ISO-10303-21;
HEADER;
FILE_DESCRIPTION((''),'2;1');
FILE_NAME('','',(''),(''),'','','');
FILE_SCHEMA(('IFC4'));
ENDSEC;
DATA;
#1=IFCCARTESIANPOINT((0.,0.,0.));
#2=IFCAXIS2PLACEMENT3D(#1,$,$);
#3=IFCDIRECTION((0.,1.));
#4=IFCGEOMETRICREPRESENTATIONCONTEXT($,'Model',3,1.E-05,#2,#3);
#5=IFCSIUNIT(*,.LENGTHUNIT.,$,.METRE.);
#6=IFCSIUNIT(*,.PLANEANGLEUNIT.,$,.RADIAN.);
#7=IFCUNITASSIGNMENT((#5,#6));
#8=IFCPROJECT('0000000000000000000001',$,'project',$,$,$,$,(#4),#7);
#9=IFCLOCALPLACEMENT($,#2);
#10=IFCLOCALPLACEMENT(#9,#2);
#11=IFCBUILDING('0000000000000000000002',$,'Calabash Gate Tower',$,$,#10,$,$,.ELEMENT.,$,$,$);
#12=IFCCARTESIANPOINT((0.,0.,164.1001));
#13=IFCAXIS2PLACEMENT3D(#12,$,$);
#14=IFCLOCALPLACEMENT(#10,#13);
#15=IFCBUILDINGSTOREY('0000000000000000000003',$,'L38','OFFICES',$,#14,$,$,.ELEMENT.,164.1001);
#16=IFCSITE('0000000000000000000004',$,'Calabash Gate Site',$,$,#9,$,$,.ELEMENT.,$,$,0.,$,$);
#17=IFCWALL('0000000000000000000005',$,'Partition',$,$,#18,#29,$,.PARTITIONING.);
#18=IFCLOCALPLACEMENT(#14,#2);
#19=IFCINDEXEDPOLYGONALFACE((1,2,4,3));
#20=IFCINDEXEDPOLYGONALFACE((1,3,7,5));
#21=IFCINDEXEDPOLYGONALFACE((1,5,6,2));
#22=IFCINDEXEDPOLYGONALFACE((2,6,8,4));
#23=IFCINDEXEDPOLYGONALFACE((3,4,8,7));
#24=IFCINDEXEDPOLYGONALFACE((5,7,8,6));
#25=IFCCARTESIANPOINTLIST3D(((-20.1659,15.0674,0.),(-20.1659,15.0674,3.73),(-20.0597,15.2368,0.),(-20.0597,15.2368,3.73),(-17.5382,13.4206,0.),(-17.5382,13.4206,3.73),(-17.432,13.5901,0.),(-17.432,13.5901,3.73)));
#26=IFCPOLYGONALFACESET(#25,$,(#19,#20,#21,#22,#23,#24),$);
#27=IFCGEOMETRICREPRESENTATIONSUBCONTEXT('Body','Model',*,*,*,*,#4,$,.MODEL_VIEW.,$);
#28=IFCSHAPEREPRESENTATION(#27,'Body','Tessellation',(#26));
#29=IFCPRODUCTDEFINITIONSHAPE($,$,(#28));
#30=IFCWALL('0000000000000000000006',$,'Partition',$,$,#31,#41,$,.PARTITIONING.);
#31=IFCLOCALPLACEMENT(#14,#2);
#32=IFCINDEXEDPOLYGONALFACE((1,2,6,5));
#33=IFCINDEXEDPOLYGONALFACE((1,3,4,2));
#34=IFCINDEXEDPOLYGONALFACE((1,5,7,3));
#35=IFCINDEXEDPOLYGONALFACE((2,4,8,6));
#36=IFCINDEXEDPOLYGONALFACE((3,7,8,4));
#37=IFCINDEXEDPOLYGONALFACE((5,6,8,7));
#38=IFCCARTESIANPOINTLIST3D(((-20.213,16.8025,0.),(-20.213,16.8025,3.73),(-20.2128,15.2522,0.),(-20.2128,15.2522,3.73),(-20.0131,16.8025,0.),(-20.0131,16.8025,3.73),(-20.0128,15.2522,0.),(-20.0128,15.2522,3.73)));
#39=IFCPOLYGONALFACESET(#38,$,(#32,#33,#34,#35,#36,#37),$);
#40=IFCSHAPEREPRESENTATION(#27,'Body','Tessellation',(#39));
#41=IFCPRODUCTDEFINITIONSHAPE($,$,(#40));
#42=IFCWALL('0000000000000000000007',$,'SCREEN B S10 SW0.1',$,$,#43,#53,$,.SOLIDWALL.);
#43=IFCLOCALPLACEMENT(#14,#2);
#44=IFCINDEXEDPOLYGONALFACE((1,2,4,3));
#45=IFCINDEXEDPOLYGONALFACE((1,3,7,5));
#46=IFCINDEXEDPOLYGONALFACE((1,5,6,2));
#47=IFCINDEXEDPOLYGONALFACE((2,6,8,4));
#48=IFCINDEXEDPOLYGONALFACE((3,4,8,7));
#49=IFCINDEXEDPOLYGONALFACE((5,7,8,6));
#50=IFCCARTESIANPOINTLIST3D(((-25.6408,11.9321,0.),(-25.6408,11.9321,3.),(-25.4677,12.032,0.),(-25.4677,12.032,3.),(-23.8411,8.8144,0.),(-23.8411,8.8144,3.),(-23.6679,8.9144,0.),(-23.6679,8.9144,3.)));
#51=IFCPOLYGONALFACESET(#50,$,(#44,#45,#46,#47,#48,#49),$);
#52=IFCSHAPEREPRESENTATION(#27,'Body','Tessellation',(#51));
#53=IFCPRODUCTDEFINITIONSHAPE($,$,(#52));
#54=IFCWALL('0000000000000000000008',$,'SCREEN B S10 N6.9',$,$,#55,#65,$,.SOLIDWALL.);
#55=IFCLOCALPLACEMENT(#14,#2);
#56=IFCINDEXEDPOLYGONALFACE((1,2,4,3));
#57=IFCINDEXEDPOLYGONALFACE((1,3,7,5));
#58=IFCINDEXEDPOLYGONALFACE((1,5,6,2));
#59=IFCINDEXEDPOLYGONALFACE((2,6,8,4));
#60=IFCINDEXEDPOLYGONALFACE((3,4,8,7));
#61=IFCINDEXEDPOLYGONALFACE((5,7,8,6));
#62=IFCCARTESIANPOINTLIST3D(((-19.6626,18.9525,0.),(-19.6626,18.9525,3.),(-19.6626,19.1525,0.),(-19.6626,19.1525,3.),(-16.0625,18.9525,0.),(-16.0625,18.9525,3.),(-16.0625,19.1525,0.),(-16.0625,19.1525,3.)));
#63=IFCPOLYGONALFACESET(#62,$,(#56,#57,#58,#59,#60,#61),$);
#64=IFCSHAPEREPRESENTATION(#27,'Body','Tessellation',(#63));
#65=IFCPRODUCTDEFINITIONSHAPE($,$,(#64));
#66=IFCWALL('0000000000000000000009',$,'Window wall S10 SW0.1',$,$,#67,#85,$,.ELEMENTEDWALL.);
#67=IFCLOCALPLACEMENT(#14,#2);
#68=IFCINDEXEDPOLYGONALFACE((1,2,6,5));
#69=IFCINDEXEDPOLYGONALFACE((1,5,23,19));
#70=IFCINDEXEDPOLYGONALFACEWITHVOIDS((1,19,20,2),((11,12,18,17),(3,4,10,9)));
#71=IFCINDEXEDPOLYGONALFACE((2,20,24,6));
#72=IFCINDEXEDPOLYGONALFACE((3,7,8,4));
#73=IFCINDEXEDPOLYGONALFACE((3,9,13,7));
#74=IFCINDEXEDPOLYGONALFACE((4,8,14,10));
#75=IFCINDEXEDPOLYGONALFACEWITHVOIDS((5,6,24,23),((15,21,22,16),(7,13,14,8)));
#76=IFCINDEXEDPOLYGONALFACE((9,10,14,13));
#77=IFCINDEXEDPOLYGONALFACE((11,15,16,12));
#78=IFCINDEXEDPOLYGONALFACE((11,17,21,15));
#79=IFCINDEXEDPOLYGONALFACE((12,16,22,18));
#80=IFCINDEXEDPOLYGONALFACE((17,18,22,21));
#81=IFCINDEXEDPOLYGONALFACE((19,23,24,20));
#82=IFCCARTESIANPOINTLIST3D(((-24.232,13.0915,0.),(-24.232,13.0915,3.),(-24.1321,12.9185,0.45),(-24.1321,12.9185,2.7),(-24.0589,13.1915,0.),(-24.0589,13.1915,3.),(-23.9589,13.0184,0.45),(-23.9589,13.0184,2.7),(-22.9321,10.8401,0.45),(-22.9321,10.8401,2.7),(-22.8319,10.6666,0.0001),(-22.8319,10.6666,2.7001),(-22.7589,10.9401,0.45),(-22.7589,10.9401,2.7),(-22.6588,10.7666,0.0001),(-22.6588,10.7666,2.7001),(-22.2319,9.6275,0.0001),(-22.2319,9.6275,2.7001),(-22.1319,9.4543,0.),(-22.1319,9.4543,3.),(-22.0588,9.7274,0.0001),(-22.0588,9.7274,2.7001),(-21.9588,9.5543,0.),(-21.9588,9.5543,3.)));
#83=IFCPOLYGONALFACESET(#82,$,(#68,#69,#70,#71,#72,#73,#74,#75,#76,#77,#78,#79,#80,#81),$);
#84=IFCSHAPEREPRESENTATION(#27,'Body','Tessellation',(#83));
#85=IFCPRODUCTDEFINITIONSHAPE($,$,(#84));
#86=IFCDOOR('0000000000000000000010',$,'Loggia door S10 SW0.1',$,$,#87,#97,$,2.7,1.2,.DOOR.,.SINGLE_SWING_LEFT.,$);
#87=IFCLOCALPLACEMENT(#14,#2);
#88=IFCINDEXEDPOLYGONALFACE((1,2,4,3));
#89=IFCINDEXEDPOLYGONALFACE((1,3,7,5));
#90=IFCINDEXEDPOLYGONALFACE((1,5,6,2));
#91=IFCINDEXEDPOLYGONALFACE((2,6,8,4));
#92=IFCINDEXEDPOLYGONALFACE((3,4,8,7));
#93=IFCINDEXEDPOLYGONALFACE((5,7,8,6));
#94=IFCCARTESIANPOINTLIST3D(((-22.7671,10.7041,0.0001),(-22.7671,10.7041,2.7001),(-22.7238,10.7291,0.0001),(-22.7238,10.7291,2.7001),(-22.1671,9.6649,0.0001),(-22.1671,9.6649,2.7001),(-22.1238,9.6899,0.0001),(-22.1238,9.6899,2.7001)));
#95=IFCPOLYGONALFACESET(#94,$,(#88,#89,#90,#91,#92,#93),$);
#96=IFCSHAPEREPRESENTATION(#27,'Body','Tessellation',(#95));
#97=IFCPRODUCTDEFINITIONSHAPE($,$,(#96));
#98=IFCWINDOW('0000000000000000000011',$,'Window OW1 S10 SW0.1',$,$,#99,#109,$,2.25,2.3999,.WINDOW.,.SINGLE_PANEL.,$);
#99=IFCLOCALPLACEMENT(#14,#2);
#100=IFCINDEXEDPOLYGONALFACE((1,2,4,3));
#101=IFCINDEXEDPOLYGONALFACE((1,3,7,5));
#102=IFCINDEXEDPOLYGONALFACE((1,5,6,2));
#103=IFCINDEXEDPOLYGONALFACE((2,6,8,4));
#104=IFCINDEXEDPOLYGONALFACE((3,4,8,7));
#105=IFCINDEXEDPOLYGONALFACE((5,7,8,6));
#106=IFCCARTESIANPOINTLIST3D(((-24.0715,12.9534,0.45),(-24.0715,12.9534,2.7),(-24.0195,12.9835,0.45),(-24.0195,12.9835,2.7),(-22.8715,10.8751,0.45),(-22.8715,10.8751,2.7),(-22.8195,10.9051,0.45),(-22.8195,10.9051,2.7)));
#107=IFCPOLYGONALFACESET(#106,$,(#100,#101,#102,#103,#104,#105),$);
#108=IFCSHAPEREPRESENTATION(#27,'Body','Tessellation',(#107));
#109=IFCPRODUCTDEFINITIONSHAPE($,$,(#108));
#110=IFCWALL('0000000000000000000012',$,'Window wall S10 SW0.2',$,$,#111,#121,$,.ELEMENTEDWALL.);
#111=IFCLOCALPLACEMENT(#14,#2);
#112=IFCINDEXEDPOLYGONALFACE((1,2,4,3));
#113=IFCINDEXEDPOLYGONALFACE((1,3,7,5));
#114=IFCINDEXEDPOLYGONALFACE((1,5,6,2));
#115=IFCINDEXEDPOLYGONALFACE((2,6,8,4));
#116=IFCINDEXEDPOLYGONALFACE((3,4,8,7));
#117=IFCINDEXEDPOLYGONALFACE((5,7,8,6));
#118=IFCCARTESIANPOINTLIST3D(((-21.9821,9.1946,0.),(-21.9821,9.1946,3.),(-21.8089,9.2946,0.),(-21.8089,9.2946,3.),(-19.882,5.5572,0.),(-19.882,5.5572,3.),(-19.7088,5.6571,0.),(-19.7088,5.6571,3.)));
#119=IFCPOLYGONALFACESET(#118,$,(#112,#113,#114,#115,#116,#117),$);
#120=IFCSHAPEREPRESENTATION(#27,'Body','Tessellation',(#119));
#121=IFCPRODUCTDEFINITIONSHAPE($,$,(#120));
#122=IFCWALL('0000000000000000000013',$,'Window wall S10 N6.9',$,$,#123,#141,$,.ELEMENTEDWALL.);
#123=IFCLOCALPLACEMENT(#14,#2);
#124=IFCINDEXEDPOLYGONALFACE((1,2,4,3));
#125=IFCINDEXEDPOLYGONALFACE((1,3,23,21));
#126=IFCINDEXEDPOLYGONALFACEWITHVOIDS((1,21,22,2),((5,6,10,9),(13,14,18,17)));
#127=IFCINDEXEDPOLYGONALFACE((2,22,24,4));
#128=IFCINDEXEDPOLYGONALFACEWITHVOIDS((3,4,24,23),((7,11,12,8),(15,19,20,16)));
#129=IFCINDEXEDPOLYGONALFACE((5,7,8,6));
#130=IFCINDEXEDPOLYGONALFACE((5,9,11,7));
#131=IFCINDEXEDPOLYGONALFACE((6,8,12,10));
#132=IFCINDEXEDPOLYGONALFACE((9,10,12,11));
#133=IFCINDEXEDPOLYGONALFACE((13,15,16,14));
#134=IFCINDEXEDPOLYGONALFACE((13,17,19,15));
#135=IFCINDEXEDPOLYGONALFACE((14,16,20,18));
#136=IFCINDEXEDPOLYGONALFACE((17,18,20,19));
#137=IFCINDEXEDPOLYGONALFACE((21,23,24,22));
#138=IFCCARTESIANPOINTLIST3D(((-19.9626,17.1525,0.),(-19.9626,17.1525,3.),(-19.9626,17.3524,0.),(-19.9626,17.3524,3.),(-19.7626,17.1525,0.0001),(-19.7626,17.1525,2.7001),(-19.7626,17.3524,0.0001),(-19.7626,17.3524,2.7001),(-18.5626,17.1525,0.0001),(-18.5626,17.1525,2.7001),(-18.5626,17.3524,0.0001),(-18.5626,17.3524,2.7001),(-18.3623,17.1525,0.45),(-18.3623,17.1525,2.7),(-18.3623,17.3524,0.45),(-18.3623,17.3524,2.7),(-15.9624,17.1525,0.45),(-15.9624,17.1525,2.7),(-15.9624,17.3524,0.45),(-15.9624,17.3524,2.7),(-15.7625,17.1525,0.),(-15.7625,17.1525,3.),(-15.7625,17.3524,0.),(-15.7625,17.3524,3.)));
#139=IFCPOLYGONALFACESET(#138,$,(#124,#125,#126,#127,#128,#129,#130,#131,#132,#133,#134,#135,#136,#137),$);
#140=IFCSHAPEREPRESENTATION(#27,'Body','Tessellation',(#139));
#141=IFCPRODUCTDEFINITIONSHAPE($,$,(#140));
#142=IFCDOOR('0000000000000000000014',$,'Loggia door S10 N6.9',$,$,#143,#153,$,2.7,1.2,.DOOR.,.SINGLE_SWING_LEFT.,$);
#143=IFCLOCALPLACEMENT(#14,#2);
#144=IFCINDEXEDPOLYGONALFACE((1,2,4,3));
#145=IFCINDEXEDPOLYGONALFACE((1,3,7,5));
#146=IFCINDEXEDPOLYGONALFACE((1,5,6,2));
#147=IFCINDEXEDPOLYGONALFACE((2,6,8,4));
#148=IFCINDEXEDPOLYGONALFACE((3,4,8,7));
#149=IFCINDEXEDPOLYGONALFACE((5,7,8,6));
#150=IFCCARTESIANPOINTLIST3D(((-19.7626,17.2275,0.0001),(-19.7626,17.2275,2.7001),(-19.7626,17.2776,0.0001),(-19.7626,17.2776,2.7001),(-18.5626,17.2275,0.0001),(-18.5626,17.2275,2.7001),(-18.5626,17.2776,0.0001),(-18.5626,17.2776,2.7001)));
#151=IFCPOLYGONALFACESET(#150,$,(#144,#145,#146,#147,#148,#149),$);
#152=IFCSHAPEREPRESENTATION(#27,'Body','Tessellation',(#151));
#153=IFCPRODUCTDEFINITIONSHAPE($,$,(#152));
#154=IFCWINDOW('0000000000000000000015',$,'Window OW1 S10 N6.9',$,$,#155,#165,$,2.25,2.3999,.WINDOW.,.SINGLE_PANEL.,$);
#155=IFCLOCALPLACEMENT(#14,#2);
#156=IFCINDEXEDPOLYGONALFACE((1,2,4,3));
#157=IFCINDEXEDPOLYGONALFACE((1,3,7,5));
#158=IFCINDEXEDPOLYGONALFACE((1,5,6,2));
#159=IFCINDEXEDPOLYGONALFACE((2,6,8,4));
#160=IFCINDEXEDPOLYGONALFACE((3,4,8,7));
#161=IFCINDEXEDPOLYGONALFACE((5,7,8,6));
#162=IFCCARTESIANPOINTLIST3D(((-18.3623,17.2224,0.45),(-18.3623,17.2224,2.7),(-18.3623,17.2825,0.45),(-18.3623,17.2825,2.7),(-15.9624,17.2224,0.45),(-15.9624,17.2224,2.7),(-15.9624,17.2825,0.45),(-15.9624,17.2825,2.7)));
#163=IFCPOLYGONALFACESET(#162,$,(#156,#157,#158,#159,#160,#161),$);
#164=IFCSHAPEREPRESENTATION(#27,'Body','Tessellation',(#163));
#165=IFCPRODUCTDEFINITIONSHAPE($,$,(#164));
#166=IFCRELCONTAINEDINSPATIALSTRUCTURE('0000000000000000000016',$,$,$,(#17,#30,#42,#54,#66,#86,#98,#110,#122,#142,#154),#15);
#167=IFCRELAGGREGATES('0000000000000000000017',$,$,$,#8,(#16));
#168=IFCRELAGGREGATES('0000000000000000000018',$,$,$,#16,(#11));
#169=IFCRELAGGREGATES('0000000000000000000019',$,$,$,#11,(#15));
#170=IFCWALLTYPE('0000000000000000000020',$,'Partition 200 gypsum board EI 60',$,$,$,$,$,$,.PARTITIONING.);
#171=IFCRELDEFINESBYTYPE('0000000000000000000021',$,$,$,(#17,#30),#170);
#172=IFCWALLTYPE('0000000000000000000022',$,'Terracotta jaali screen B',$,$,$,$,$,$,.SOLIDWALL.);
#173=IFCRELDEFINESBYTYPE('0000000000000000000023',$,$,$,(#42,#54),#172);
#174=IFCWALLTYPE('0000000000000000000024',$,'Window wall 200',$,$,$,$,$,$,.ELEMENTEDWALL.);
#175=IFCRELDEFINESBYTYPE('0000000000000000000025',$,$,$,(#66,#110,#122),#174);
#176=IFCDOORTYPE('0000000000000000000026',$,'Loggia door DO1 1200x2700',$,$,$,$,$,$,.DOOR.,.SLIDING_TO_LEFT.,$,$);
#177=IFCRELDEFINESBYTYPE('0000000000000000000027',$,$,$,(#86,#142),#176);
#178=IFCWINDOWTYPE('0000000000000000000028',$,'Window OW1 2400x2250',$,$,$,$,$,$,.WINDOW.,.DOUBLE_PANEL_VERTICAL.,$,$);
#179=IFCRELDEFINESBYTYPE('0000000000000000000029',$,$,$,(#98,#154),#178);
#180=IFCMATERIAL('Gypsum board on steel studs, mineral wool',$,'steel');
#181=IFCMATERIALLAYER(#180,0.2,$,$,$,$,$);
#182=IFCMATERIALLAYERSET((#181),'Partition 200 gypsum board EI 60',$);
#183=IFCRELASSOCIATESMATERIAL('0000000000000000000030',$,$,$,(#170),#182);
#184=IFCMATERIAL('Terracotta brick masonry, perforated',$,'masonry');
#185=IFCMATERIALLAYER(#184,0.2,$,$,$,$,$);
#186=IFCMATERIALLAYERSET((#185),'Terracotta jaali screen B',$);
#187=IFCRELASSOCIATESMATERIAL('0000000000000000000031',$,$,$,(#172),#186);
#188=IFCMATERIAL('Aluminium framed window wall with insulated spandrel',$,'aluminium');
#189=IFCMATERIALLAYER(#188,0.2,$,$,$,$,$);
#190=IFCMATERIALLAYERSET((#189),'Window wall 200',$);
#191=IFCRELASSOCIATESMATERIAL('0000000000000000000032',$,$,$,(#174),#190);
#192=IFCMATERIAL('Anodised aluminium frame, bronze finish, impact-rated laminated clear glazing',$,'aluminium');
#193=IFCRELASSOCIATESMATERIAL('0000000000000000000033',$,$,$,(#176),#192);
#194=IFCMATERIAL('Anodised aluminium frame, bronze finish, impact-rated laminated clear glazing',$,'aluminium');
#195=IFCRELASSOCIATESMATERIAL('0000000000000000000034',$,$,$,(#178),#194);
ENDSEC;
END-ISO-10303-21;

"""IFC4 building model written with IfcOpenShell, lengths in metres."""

from ifc_helpers import new_model, si_unit, direction, frame, frame_2d, origin, place, context, subcontext, project, spatial, rectangle, extrude, material, layer, layer_set, type_object, element, fill, save


model = new_model("IFC4")

# Units and contexts
model_context = context("Model", 3, precision=1e-05, world=origin(), true_north=direction((0.0, 1.0)))
body_context = subcontext(model_context, "Body", "Model", "MODEL_VIEW")
ifc_project = project(units=[si_unit("LENGTHUNIT", "METRE"), si_unit("PLANEANGLEUNIT", "RADIAN")], contexts=[model_context])

# Site, building, storey
site_placement = place(None, origin())
site = spatial("IfcSite", under=ifc_project, at=site_placement, Name="Calabash Gate Site", CompositionType="ELEMENT", RefElevation=0.0)
building_placement = place(site_placement, origin())
building = spatial("IfcBuilding", under=site, at=building_placement, Name="Calabash Gate Tower", CompositionType="ELEMENT")
storey_placement = place(building_placement, frame((0.0, 0.0, 164.1001)))
storey = spatial("IfcBuildingStorey", under=building, at=storey_placement, Name="L38", Description="OFFICES", CompositionType="ELEMENT", Elevation=164.1001)

# Walls
ifc_material_1 = material(Name="Gypsum board on steel studs, mineral wool", Category="steel")
ifc_layer_1 = layer(ifc_material_1, 0.2)
ifc_layer_set_1 = layer_set([ifc_layer_1], Name="Partition 200 gypsum board EI 60")
wall_type_1 = type_object("IfcWallType", Name="Partition 200 gypsum board EI 60", PredefinedType="PARTITIONING", material=ifc_layer_set_1)
wall_1_placement = place(storey_placement, frame((-20.1128, 15.1521, 0.0), z_axis=(0.0, 0.0, 1.0), x_axis=(0.847356, -0.531025, 0.0)))
element("IfcWall", 1, at=wall_1_placement, inside=storey, type_object=wall_type_1, Name="Partition", PredefinedType="PARTITIONING", context=body_context, shape_type="SweptSolid", body=[
    extrude(rectangle(XDim=3.1011, YDim=0.2, at=frame_2d((1.5505, 0.0))), origin(), (0.0, 0.0, 1.0), 3.73),
])
wall_2_placement = place(storey_placement, frame((-20.113, 16.8025, 0.0), z_axis=(0.0, 0.0, 1.0), x_axis=(0.000157, -1.0, 0.0)))
element("IfcWall", 2, at=wall_2_placement, inside=storey, type_object=wall_type_1, Name="Partition", PredefinedType="PARTITIONING", context=body_context, shape_type="SweptSolid", body=[
    extrude(rectangle(XDim=1.5503, YDim=0.2, at=frame_2d((0.7751, 0.0))), origin(), (0.0, 0.0, 1.0), 3.73),
])
ifc_material_2 = material(Name="Terracotta brick masonry, perforated", Category="masonry")
ifc_layer_2 = layer(ifc_material_2, 0.2)
ifc_layer_set_2 = layer_set([ifc_layer_2], Name="Terracotta jaali screen B")
wall_type_2 = type_object("IfcWallType", Name="Terracotta jaali screen B", PredefinedType="SOLIDWALL", material=ifc_layer_set_2)
wall_3_placement = place(storey_placement, frame((-25.5542, 11.9819, 0.0), z_axis=(0.0, 0.0, 1.0), x_axis=(0.499961, -0.866048, 0.0)))
element("IfcWall", 3, at=wall_3_placement, inside=storey, type_object=wall_type_2, Name="SCREEN B S10 SW0.1", PredefinedType="SOLIDWALL", context=body_context, shape_type="SweptSolid", body=[
    extrude(rectangle(XDim=3.5999, YDim=0.2, at=frame_2d((1.7998, 0.0))), origin(), (0.0, 0.0, 1.0), 3.0),
])
wall_4_placement = place(storey_placement, frame((-16.0625, 19.0525, 0.0), z_axis=(0.0, 0.0, 1.0), x_axis=(-1.0, 0.0, 0.0)))
element("IfcWall", 4, at=wall_4_placement, inside=storey, type_object=wall_type_2, Name="SCREEN B S10 N6.9", PredefinedType="SOLIDWALL", context=body_context, shape_type="SweptSolid", body=[
    extrude(rectangle(XDim=3.6001, YDim=0.2, at=frame_2d((1.8, 0.0))), origin(), (0.0, 0.0, 1.0), 3.0),
])

# Wall, openings, door, window
ifc_material_3 = material(Name="Aluminium framed window wall with insulated spandrel", Category="aluminium")
ifc_layer_3 = layer(ifc_material_3, 0.2)
ifc_layer_set_3 = layer_set([ifc_layer_3], Name="Window wall 200")
wall_type_3 = type_object("IfcWallType", Name="Window wall 200", PredefinedType="ELEMENTEDWALL", material=ifc_layer_set_3)
wall_5_placement = place(storey_placement, frame((-24.1455, 13.1416, 0.0), z_axis=(0.0, 0.0, 1.0), x_axis=(0.500028, -0.866009, 0.0)))
wall_5 = element("IfcWall", 5, at=wall_5_placement, inside=storey, type_object=wall_type_3, Name="Window wall S10 SW0.1", PredefinedType="ELEMENTEDWALL", context=body_context, shape_type="SweptSolid", body=[
    extrude(rectangle(XDim=4.2, YDim=0.2, at=frame_2d((2.1001, 0.0))), origin(), (0.0, 0.0, 1.0), 3.0),
])
opening_1_placement = place(wall_5_placement, frame((0.2, 0.0, 0.45)))
opening_1 = element("IfcOpeningElement", 6, at=opening_1_placement, cuts=wall_5, PredefinedType="OPENING", context=body_context, shape_type="SweptSolid", body=[
    extrude(rectangle(XDim=2.3999, YDim=2.25, at=frame_2d((1.2, 1.125))), frame((0.0, 0.1099, 0.0), z_axis=(0.0, -1.0, 0.0), x_axis=(1.0, 0.0, 0.0)), (0.0, 0.0, 1.0), 0.22),
])
opening_2_placement = place(wall_5_placement, frame((2.8, 0.0, 0.0)))
opening_2 = element("IfcOpeningElement", 7, at=opening_2_placement, cuts=wall_5, PredefinedType="OPENING", context=body_context, shape_type="SweptSolid", body=[
    extrude(rectangle(XDim=1.2, YDim=2.7, at=frame_2d((0.6001, 1.3501))), frame((0.0, 0.1099, 0.0), z_axis=(0.0, -1.0, 0.0), x_axis=(1.0, 0.0, 0.0)), (0.0, 0.0, 1.0), 0.22),
])
ifc_material_4 = material(Name="Anodised aluminium frame, bronze finish, impact-rated laminated clear glazing", Category="aluminium")
door_type = type_object("IfcDoorType", Name="Loggia door DO1 1200x2700", OperationType="SLIDING_TO_LEFT", PredefinedType="DOOR", material=ifc_material_4)
door_1_placement = place(opening_2_placement, origin())
door_1 = element("IfcDoor", 8, at=door_1_placement, inside=storey, type_object=door_type, Name="Loggia door S10 SW0.1", OperationType="SINGLE_SWING_LEFT", OverallHeight=2.7, OverallWidth=1.2, PredefinedType="DOOR", context=body_context, shape_type="SweptSolid", body=[
    extrude(rectangle(XDim=1.2, YDim=2.7, at=frame_2d((0.6001, 1.3501))), frame((0.0, 0.0249, 0.0), z_axis=(0.0, -1.0, 0.0), x_axis=(1.0, 0.0, 0.0)), (0.0, 0.0, 1.0), 0.05),
])
fill(opening_2, door_1)
ifc_material_5 = material(Name="Anodised aluminium frame, bronze finish, impact-rated laminated clear glazing", Category="aluminium")
window_type = type_object("IfcWindowType", Name="Window OW1 2400x2250", PartitioningType="DOUBLE_PANEL_VERTICAL", PredefinedType="WINDOW", material=ifc_material_5)
window_1_placement = place(opening_1_placement, origin())
window_1 = element("IfcWindow", 9, at=window_1_placement, inside=storey, type_object=window_type, Name="Window OW1 S10 SW0.1", OverallHeight=2.25, OverallWidth=2.3999, PartitioningType="SINGLE_PANEL", PredefinedType="WINDOW", context=body_context, shape_type="SweptSolid", body=[
    extrude(rectangle(XDim=2.3999, YDim=2.25, at=frame_2d((1.2, 1.125))), frame((0.0, 0.03, 0.0), z_axis=(0.0, -1.0, 0.0), x_axis=(1.0, 0.0, 0.0)), (0.0, 0.0, 1.0), 0.0601),
])
fill(opening_1, window_1)

# Wall
wall_6_placement = place(storey_placement, frame((-21.8955, 9.2446, 0.0), z_axis=(0.0, 0.0, 1.0), x_axis=(0.500003, -0.866024, 0.0)))
element("IfcWall", 10, at=wall_6_placement, inside=storey, type_object=wall_type_3, Name="Window wall S10 SW0.2", PredefinedType="ELEMENTEDWALL", context=body_context, shape_type="SweptSolid", body=[
    extrude(rectangle(XDim=4.2002, YDim=0.2, at=frame_2d((2.1001, 0.0))), origin(), (0.0, 0.0, 1.0), 3.0),
])

# Wall, openings, door, window
wall_7_placement = place(storey_placement, frame((-15.7625, 17.2524, 0.0), z_axis=(0.0, 0.0, 1.0), x_axis=(-1.0, 0.0, 0.0)))
wall_7 = element("IfcWall", 11, at=wall_7_placement, inside=storey, type_object=wall_type_3, Name="Window wall S10 N6.9", PredefinedType="ELEMENTEDWALL", context=body_context, shape_type="SweptSolid", body=[
    extrude(rectangle(XDim=4.2002, YDim=0.2, at=frame_2d((2.1001, 0.0))), origin(), (0.0, 0.0, 1.0), 3.0),
])
opening_3_placement = place(wall_7_placement, frame((0.2, 0.0, 0.45)))
opening_3 = element("IfcOpeningElement", 12, at=opening_3_placement, cuts=wall_7, PredefinedType="OPENING", context=body_context, shape_type="SweptSolid", body=[
    extrude(rectangle(XDim=2.3999, YDim=2.25, at=frame_2d((1.2, 1.125))), frame((0.0, 0.1099, 0.0), z_axis=(0.0, -1.0, 0.0), x_axis=(1.0, 0.0, 0.0)), (0.0, 0.0, 1.0), 0.22),
])
opening_4_placement = place(wall_7_placement, frame((2.8, 0.0, 0.0)))
opening_4 = element("IfcOpeningElement", 13, at=opening_4_placement, cuts=wall_7, PredefinedType="OPENING", context=body_context, shape_type="SweptSolid", body=[
    extrude(rectangle(XDim=1.2, YDim=2.7, at=frame_2d((0.6001, 1.3501))), frame((0.0, 0.1099, 0.0), z_axis=(0.0, -1.0, 0.0), x_axis=(1.0, 0.0, 0.0)), (0.0, 0.0, 1.0), 0.22),
])
door_2_placement = place(opening_4_placement, origin())
door_2 = element("IfcDoor", 14, at=door_2_placement, inside=storey, type_object=door_type, Name="Loggia door S10 N6.9", OperationType="SINGLE_SWING_LEFT", OverallHeight=2.7, OverallWidth=1.2, PredefinedType="DOOR", context=body_context, shape_type="SweptSolid", body=[
    extrude(rectangle(XDim=1.2, YDim=2.7, at=frame_2d((0.6001, 1.3501))), frame((0.0, 0.0249, 0.0), z_axis=(0.0, -1.0, 0.0), x_axis=(1.0, 0.0, 0.0)), (0.0, 0.0, 1.0), 0.05),
])
fill(opening_4, door_2)
window_2_placement = place(opening_3_placement, origin())
window_2 = element("IfcWindow", 15, at=window_2_placement, inside=storey, type_object=window_type, Name="Window OW1 S10 N6.9", OverallHeight=2.25, OverallWidth=2.3999, PartitioningType="SINGLE_PANEL", PredefinedType="WINDOW", context=body_context, shape_type="SweptSolid", body=[
    extrude(rectangle(XDim=2.3999, YDim=2.25, at=frame_2d((1.2, 1.125))), frame((0.0, 0.03, 0.0), z_axis=(0.0, -1.0, 0.0), x_axis=(1.0, 0.0, 0.0)), (0.0, 0.0, 1.0), 0.0601),
])
fill(opening_3, window_2)

save(model, "model.ifc")
